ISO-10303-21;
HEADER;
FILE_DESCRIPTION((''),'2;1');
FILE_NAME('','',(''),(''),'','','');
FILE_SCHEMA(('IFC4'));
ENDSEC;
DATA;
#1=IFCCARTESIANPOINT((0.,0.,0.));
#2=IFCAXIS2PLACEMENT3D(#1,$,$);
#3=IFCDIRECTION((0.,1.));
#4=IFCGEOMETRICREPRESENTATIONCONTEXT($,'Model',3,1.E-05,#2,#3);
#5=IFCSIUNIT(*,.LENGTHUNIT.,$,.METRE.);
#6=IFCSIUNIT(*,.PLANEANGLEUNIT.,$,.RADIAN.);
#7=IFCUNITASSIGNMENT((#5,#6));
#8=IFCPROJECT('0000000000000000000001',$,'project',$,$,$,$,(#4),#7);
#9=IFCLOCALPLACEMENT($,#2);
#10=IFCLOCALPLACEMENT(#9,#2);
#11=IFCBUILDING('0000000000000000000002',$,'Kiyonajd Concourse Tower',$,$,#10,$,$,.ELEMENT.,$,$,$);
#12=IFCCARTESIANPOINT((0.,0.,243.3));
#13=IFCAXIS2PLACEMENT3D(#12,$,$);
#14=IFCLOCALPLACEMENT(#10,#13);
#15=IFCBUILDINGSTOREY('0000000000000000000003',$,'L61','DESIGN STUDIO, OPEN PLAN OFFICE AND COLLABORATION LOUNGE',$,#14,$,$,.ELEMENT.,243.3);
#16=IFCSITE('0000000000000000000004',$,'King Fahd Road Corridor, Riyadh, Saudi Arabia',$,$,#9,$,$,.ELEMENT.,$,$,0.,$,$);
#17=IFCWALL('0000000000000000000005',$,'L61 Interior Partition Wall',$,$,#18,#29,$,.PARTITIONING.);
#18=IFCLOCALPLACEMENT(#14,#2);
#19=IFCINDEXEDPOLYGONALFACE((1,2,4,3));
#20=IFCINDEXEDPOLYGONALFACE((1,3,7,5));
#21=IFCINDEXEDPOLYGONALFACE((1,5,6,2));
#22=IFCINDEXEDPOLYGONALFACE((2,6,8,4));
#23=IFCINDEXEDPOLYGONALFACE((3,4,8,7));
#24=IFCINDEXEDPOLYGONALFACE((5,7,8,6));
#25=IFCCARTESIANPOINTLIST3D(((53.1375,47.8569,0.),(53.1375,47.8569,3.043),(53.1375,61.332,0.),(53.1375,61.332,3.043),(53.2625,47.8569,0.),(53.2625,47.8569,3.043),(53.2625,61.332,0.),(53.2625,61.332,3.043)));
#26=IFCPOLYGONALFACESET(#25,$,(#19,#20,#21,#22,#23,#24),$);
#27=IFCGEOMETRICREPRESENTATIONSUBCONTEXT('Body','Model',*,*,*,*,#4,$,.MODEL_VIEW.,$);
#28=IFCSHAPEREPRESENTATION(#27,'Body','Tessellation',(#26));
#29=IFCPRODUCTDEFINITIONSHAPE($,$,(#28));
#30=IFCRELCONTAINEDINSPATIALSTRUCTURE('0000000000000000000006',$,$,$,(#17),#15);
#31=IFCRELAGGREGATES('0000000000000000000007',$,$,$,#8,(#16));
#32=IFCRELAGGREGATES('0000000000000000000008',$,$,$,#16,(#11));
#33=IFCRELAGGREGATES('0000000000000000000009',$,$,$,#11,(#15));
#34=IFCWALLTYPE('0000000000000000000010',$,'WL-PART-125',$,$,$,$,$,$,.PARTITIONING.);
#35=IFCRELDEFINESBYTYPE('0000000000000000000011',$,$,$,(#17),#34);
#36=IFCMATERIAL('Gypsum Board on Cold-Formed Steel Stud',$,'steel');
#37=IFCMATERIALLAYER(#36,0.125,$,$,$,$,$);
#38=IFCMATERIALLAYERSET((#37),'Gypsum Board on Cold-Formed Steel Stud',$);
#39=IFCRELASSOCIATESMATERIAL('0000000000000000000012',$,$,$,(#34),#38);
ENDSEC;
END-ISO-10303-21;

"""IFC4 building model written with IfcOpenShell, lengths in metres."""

from ifc_helpers import new_model, si_unit, direction, frame, frame_2d, origin, place, context, subcontext, project, spatial, rectangle, extrude, material, layer, layer_set, type_object, element, save


model = new_model("IFC4")

# Units and contexts
model_context = context("Model", 3, precision=1e-05, world=origin(), true_north=direction((0.0, 1.0)))
body_context = subcontext(model_context, "Body", "Model", "MODEL_VIEW")
ifc_project = project(units=[si_unit("LENGTHUNIT", "METRE"), si_unit("PLANEANGLEUNIT", "RADIAN")], contexts=[model_context])

# Site, building, storey
site_placement = place(None, origin())
site = spatial("IfcSite", under=ifc_project, at=site_placement, Name="King Fahd Road Corridor, Riyadh, Saudi Arabia", CompositionType="ELEMENT", RefElevation=0.0)
building_placement = place(site_placement, origin())
building = spatial("IfcBuilding", under=site, at=building_placement, Name="Kiyonajd Concourse Tower", CompositionType="ELEMENT")
storey_placement = place(building_placement, frame((0.0, 0.0, 243.3)))
storey = spatial("IfcBuildingStorey", under=building, at=storey_placement, Name="L61", Description="DESIGN STUDIO, OPEN PLAN OFFICE AND COLLABORATION LOUNGE", CompositionType="ELEMENT", Elevation=243.3)

# Wall
ifc_material_1 = material(Name="Gypsum Board on Cold-Formed Steel Stud", Category="steel")
ifc_layer_1 = layer(ifc_material_1, 0.125)
ifc_layer_set_1 = layer_set([ifc_layer_1], Name="Gypsum Board on Cold-Formed Steel Stud")
wall_type_1 = type_object("IfcWallType", Name="WL-PART-125", PredefinedType="PARTITIONING", material=ifc_layer_set_1)
wall_1_placement = place(storey_placement, frame((53.2, 47.8569, 0.0), z_axis=(0.0, 0.0, 1.0), x_axis=(0.0, 1.0, 0.0)))
element("IfcWall", 1, at=wall_1_placement, inside=storey, type_object=wall_type_1, Name="L61 Interior Partition Wall", PredefinedType="PARTITIONING", context=body_context, shape_type="SweptSolid", body=[
    extrude(rectangle(XDim=13.4751, YDim=0.125, at=frame_2d((6.7375, 0.0))), origin(), (0.0, 0.0, 1.0), 3.043),
])

save(model, "model.ifc")
